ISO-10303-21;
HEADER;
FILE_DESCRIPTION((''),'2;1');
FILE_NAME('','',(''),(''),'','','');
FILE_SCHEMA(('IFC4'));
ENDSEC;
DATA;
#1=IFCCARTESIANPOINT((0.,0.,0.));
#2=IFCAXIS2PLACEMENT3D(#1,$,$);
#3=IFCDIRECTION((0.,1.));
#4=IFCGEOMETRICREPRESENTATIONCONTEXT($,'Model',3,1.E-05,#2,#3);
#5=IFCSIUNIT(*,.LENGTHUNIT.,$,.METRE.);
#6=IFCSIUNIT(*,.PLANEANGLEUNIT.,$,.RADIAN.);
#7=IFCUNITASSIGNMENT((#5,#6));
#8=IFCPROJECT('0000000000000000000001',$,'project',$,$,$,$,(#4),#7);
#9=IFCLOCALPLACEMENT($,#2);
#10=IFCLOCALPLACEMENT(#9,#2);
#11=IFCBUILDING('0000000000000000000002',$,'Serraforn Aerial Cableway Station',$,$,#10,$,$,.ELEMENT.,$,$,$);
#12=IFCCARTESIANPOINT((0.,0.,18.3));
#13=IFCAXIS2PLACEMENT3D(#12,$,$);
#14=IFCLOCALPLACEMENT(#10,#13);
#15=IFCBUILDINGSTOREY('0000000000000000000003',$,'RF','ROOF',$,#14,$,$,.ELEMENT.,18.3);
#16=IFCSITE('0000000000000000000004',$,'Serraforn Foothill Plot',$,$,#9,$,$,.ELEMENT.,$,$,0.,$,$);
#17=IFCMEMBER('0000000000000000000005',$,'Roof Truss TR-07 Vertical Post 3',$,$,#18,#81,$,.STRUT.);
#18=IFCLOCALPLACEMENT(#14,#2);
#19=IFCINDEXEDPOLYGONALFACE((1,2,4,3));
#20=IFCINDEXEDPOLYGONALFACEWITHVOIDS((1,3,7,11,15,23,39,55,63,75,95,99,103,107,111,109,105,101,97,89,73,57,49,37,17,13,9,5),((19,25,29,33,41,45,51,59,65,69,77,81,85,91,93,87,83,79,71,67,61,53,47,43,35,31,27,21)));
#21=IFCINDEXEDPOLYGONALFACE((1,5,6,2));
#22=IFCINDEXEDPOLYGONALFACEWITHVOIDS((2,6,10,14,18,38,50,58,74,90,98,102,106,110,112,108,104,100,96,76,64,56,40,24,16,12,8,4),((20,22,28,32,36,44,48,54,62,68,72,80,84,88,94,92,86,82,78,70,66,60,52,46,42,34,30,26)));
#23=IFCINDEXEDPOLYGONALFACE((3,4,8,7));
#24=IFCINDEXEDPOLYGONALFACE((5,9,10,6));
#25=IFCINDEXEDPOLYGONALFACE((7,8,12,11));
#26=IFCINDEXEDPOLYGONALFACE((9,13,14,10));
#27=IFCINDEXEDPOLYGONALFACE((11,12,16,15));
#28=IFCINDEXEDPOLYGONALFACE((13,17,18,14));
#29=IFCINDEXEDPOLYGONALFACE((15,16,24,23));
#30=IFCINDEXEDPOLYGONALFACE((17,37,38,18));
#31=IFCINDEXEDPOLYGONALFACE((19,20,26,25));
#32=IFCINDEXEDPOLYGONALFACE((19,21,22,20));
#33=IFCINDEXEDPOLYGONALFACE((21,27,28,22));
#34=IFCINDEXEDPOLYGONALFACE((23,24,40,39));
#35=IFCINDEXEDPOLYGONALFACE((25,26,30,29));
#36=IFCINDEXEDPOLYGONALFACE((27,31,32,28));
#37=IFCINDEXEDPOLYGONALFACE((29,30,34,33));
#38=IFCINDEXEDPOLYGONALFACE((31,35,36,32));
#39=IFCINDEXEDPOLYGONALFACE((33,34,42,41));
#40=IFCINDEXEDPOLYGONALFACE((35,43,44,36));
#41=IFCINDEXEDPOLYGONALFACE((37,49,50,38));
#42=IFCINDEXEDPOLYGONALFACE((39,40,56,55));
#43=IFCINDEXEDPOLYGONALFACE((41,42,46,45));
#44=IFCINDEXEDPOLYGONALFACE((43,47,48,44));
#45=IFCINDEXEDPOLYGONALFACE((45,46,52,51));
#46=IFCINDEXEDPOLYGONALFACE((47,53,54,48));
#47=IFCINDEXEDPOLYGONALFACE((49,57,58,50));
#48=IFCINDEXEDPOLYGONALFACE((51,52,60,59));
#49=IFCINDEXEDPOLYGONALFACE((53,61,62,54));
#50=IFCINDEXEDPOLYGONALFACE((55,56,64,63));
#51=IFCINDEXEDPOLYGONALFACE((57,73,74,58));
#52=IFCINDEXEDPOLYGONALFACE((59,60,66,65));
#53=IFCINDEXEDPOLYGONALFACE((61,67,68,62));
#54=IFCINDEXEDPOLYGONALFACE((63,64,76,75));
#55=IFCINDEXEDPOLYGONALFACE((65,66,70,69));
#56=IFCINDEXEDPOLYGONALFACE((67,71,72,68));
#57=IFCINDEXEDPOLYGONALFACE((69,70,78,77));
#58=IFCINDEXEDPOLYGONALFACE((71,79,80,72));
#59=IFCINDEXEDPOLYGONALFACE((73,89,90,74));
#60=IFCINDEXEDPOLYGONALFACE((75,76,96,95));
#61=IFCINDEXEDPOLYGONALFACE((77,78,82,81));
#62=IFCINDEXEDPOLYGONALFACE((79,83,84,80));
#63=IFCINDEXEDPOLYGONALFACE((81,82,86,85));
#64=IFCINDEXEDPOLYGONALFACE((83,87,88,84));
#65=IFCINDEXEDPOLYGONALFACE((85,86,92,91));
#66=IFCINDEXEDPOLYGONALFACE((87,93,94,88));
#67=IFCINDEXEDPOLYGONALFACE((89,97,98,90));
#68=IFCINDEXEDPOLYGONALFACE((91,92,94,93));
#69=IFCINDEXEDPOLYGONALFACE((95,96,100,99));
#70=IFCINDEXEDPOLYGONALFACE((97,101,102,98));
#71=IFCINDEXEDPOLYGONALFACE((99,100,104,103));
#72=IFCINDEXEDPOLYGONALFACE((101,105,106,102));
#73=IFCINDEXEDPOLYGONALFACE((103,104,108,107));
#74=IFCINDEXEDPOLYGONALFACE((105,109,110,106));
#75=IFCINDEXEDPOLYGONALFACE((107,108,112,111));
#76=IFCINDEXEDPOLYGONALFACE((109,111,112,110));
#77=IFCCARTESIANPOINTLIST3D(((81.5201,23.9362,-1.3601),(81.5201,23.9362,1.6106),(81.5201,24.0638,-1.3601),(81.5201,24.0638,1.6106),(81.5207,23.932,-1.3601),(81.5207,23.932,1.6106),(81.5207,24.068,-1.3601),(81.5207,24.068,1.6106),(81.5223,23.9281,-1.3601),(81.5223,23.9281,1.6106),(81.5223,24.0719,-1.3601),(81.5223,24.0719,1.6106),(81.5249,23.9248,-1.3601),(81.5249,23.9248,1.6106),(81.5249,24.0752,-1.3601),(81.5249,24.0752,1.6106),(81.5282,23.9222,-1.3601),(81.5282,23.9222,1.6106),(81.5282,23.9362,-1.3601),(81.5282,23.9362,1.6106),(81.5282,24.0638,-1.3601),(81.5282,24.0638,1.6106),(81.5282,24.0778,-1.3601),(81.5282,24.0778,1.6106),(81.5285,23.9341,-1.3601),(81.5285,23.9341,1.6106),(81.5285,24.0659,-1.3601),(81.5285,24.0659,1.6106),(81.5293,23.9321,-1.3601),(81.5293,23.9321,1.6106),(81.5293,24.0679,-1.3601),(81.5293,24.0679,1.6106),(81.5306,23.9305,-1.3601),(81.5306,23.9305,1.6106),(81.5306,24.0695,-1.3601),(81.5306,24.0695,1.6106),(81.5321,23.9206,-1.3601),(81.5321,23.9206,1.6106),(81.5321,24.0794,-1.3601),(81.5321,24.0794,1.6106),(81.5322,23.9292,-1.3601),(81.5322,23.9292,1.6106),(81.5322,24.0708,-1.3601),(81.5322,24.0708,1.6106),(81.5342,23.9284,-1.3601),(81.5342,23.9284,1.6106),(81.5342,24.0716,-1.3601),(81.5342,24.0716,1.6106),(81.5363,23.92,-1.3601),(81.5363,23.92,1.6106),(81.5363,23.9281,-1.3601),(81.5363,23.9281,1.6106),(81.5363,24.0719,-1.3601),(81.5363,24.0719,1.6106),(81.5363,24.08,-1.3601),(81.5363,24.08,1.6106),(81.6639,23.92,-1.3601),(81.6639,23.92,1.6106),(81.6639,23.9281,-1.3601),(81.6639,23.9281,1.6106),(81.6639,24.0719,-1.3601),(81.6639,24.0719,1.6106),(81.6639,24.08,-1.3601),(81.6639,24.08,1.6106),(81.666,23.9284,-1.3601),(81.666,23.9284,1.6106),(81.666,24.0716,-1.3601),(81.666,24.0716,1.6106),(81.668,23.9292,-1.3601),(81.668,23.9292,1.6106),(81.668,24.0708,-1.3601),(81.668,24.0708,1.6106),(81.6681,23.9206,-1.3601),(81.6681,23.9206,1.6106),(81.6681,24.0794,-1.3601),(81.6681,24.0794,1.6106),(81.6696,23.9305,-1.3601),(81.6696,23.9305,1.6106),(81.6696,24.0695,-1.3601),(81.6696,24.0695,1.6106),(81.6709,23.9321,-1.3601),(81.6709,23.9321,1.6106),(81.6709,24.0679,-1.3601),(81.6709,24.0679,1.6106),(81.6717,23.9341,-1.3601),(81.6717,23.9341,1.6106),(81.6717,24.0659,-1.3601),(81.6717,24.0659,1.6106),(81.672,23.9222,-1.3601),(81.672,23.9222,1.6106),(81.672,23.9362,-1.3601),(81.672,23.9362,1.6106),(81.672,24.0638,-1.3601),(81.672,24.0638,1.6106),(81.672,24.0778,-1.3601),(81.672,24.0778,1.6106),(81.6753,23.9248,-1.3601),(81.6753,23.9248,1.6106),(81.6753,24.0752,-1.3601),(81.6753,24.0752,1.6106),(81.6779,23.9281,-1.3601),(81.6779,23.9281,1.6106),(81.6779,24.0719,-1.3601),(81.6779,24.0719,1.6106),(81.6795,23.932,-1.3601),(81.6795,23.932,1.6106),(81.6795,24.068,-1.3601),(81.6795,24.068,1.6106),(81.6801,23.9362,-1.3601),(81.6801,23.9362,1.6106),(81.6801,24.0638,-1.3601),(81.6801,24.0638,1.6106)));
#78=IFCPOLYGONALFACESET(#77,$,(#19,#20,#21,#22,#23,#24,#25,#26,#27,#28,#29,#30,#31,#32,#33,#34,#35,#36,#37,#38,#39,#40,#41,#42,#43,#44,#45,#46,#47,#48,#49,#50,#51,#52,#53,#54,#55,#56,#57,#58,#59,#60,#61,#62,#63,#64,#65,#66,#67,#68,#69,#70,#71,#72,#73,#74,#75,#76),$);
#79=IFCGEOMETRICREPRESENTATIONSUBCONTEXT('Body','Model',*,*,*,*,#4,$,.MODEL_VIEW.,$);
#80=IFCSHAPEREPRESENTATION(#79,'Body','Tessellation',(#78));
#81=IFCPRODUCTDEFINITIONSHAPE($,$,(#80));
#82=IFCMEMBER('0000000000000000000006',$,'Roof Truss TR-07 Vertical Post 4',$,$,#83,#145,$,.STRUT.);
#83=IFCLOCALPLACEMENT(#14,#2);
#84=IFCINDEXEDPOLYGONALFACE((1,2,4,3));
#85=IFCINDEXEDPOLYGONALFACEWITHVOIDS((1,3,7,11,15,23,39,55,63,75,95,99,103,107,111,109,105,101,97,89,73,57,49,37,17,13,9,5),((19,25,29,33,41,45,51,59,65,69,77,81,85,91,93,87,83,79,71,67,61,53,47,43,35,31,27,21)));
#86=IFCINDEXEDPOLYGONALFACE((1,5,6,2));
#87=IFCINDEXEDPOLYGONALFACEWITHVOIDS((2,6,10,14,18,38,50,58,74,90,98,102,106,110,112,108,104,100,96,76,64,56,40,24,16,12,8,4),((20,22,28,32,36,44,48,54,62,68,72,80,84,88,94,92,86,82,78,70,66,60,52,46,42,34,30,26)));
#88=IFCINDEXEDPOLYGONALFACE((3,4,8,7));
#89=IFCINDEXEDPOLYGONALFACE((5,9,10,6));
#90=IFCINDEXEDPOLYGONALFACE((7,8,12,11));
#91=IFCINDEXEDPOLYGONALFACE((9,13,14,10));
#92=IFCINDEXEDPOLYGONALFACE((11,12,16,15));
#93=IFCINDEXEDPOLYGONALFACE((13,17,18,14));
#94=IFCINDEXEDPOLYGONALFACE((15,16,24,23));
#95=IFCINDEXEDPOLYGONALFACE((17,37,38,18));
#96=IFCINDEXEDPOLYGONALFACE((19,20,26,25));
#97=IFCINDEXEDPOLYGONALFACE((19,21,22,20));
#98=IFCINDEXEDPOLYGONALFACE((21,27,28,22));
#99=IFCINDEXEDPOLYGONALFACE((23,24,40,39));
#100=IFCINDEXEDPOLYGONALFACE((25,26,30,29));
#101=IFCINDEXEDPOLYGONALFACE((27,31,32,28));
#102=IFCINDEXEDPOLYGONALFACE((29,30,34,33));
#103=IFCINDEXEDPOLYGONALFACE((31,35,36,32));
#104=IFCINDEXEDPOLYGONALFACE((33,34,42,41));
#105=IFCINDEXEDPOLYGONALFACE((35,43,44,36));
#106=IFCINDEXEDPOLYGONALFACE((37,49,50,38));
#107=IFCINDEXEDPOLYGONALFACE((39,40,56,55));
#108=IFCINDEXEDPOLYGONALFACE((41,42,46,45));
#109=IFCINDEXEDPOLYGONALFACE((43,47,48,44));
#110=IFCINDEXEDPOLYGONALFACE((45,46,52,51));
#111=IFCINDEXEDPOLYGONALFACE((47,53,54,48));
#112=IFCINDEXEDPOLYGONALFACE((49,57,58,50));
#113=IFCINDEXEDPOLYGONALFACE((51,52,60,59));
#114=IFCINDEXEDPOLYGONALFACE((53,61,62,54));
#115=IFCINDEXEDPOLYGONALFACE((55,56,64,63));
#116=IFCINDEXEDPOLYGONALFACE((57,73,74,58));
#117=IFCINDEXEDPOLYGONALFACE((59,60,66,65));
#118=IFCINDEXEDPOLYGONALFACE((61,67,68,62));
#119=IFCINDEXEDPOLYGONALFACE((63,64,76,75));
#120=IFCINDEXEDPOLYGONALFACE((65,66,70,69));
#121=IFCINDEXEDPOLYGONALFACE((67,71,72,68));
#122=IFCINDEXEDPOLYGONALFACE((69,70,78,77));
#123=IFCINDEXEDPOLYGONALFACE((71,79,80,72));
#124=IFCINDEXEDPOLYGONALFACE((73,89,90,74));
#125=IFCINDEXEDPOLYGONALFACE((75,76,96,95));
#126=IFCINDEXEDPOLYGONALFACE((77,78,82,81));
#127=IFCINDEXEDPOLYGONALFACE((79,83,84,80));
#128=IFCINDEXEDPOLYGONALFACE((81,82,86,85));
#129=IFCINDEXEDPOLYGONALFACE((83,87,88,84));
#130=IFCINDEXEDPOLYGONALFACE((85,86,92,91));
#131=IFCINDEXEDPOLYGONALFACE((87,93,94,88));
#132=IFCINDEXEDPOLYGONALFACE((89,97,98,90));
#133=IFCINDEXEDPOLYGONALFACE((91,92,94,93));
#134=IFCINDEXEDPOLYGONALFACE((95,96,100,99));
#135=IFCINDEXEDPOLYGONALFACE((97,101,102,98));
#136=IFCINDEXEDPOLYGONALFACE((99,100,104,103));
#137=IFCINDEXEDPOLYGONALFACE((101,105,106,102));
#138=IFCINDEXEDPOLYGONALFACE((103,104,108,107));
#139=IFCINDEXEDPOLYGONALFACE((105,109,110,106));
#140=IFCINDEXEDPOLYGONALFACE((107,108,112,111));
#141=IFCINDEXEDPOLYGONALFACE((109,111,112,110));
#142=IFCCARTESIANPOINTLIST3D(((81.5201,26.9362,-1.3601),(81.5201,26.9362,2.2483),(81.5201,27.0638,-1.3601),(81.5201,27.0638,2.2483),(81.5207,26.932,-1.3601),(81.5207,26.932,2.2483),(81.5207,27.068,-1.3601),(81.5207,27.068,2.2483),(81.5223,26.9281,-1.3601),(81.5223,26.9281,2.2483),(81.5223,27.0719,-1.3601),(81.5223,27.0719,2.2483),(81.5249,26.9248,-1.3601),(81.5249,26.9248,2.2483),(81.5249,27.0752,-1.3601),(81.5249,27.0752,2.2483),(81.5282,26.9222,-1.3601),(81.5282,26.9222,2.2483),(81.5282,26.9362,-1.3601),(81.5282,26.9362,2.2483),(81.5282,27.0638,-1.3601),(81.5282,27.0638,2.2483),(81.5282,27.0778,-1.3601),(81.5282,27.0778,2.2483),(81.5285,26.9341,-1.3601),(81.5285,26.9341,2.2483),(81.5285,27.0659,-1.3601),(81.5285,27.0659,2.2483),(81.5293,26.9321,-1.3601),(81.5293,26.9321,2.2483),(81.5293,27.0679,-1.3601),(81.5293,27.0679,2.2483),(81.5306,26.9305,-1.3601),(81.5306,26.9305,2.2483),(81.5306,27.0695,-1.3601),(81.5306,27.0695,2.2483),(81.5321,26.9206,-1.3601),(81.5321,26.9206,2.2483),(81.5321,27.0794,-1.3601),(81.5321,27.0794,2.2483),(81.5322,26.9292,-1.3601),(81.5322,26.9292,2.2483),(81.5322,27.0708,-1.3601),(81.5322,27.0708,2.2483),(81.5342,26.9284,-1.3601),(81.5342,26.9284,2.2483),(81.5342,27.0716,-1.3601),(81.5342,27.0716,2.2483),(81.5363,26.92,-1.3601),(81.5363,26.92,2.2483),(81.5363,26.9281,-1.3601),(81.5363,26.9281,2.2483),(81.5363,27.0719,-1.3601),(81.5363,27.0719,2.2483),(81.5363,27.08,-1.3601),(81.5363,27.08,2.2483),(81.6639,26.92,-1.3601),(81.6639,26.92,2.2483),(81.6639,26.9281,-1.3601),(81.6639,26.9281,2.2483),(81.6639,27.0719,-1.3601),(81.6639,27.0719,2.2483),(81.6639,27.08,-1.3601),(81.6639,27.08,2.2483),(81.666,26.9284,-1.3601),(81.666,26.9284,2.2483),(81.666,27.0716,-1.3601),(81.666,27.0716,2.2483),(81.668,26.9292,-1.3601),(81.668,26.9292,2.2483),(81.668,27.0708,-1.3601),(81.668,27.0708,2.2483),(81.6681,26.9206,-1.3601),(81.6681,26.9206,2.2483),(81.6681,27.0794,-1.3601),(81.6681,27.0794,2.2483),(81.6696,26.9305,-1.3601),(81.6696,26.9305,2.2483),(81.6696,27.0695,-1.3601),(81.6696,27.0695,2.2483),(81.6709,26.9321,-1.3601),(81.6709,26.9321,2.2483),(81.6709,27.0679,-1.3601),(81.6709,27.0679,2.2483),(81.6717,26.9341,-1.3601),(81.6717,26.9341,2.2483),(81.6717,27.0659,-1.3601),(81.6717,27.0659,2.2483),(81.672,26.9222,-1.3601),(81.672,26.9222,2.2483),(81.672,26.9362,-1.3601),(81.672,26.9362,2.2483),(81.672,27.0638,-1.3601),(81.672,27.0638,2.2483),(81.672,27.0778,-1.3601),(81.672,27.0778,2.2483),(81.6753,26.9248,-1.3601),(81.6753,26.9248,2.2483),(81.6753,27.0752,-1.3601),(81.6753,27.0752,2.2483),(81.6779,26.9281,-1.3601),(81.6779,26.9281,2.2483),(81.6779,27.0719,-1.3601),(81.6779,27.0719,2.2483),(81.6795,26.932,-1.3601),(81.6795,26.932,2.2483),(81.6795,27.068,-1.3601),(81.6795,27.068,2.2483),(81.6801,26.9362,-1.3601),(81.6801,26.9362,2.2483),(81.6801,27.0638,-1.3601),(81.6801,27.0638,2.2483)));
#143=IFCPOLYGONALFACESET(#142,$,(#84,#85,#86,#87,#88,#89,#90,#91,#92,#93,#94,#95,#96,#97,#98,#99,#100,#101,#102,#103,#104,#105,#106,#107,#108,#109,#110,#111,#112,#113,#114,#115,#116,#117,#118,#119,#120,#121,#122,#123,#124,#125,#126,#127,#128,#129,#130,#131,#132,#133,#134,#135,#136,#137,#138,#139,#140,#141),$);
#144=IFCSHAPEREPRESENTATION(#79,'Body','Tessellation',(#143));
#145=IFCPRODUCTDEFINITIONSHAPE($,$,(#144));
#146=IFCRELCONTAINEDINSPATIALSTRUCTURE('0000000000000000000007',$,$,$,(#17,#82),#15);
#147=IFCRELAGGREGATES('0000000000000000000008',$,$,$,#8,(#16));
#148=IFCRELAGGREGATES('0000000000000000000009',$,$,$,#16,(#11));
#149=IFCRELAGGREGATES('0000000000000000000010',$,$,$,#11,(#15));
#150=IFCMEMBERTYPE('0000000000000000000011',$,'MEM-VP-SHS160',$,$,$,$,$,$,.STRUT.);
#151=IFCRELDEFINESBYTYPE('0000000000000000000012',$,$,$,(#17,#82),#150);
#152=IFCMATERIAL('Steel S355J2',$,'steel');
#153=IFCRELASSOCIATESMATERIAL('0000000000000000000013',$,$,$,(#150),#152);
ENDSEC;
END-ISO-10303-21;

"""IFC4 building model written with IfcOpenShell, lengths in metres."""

from ifc_helpers import new_model, si_unit, direction, frame, origin, origin_2d, place, context, subcontext, project, spatial, hollow_rectangle, extrude, material, material_profile, profile_set, type_object, element, save


model = new_model("IFC4")

# Units and contexts
model_context = context("Model", 3, precision=1e-05, world=origin(), true_north=direction((0.0, 1.0)))
body_context = subcontext(model_context, "Body", "Model", "MODEL_VIEW")
ifc_project = project(units=[si_unit("LENGTHUNIT", "METRE"), si_unit("PLANEANGLEUNIT", "RADIAN")], contexts=[model_context])

# Site, building, storey
site_placement = place(None, origin())
site = spatial("IfcSite", under=ifc_project, at=site_placement, Name="Serraforn Foothill Plot", CompositionType="ELEMENT", RefElevation=0.0)
building_placement = place(site_placement, origin())
building = spatial("IfcBuilding", under=site, at=building_placement, Name="Serraforn Aerial Cableway Station", CompositionType="ELEMENT")
storey_placement = place(building_placement, frame((0.0, 0.0, 18.3)))
storey = spatial("IfcBuildingStorey", under=building, at=storey_placement, Name="RF", Description="ROOF", CompositionType="ELEMENT", Elevation=18.3)

# Members
ifc_material_1 = material(Name="Steel S355J2", Category="steel")
ifc_material_profile_1 = material_profile(ifc_material_1, hollow_rectangle(XDim=0.1599, YDim=0.1599, WallThickness=0.0081, InnerFilletRadius=0.0081, OuterFilletRadius=0.0161, at=origin_2d()), Name="SHS 160x160x8.0")
ifc_profile_set_1 = profile_set([ifc_material_profile_1], Name="Steel S355J2")
member_type_1 = type_object("IfcMemberType", Name="MEM-VP-SHS160", PredefinedType="STRUT", material=ifc_profile_set_1)
member_1_placement = place(storey_placement, frame((81.6001, 24.0, -1.3601), z_axis=(0.0, 0.0, 1.0), x_axis=(1.0, 0.0, 0.0)))
element("IfcMember", 1, at=member_1_placement, inside=storey, type_object=member_type_1, Name="Roof Truss TR-07 Vertical Post 3", PredefinedType="STRUT", context=body_context, shape_type="SweptSolid", body=[
    extrude(hollow_rectangle(XDim=0.1599, YDim=0.1599, WallThickness=0.0081, InnerFilletRadius=0.0081, OuterFilletRadius=0.0161, at=origin_2d()), origin(), (0.0, 0.0, 1.0), 2.9707),
])
member_2_placement = place(storey_placement, frame((81.6001, 27.0, -1.3601), z_axis=(0.0, 0.0, 1.0), x_axis=(1.0, 0.0, 0.0)))
element("IfcMember", 2, at=member_2_placement, inside=storey, type_object=member_type_1, Name="Roof Truss TR-07 Vertical Post 4", PredefinedType="STRUT", context=body_context, shape_type="SweptSolid", body=[
    extrude(hollow_rectangle(XDim=0.1599, YDim=0.1599, WallThickness=0.0081, InnerFilletRadius=0.0081, OuterFilletRadius=0.0161, at=origin_2d()), origin(), (0.0, 0.0, 1.0), 3.6084),
])

save(model, "model.ifc")
